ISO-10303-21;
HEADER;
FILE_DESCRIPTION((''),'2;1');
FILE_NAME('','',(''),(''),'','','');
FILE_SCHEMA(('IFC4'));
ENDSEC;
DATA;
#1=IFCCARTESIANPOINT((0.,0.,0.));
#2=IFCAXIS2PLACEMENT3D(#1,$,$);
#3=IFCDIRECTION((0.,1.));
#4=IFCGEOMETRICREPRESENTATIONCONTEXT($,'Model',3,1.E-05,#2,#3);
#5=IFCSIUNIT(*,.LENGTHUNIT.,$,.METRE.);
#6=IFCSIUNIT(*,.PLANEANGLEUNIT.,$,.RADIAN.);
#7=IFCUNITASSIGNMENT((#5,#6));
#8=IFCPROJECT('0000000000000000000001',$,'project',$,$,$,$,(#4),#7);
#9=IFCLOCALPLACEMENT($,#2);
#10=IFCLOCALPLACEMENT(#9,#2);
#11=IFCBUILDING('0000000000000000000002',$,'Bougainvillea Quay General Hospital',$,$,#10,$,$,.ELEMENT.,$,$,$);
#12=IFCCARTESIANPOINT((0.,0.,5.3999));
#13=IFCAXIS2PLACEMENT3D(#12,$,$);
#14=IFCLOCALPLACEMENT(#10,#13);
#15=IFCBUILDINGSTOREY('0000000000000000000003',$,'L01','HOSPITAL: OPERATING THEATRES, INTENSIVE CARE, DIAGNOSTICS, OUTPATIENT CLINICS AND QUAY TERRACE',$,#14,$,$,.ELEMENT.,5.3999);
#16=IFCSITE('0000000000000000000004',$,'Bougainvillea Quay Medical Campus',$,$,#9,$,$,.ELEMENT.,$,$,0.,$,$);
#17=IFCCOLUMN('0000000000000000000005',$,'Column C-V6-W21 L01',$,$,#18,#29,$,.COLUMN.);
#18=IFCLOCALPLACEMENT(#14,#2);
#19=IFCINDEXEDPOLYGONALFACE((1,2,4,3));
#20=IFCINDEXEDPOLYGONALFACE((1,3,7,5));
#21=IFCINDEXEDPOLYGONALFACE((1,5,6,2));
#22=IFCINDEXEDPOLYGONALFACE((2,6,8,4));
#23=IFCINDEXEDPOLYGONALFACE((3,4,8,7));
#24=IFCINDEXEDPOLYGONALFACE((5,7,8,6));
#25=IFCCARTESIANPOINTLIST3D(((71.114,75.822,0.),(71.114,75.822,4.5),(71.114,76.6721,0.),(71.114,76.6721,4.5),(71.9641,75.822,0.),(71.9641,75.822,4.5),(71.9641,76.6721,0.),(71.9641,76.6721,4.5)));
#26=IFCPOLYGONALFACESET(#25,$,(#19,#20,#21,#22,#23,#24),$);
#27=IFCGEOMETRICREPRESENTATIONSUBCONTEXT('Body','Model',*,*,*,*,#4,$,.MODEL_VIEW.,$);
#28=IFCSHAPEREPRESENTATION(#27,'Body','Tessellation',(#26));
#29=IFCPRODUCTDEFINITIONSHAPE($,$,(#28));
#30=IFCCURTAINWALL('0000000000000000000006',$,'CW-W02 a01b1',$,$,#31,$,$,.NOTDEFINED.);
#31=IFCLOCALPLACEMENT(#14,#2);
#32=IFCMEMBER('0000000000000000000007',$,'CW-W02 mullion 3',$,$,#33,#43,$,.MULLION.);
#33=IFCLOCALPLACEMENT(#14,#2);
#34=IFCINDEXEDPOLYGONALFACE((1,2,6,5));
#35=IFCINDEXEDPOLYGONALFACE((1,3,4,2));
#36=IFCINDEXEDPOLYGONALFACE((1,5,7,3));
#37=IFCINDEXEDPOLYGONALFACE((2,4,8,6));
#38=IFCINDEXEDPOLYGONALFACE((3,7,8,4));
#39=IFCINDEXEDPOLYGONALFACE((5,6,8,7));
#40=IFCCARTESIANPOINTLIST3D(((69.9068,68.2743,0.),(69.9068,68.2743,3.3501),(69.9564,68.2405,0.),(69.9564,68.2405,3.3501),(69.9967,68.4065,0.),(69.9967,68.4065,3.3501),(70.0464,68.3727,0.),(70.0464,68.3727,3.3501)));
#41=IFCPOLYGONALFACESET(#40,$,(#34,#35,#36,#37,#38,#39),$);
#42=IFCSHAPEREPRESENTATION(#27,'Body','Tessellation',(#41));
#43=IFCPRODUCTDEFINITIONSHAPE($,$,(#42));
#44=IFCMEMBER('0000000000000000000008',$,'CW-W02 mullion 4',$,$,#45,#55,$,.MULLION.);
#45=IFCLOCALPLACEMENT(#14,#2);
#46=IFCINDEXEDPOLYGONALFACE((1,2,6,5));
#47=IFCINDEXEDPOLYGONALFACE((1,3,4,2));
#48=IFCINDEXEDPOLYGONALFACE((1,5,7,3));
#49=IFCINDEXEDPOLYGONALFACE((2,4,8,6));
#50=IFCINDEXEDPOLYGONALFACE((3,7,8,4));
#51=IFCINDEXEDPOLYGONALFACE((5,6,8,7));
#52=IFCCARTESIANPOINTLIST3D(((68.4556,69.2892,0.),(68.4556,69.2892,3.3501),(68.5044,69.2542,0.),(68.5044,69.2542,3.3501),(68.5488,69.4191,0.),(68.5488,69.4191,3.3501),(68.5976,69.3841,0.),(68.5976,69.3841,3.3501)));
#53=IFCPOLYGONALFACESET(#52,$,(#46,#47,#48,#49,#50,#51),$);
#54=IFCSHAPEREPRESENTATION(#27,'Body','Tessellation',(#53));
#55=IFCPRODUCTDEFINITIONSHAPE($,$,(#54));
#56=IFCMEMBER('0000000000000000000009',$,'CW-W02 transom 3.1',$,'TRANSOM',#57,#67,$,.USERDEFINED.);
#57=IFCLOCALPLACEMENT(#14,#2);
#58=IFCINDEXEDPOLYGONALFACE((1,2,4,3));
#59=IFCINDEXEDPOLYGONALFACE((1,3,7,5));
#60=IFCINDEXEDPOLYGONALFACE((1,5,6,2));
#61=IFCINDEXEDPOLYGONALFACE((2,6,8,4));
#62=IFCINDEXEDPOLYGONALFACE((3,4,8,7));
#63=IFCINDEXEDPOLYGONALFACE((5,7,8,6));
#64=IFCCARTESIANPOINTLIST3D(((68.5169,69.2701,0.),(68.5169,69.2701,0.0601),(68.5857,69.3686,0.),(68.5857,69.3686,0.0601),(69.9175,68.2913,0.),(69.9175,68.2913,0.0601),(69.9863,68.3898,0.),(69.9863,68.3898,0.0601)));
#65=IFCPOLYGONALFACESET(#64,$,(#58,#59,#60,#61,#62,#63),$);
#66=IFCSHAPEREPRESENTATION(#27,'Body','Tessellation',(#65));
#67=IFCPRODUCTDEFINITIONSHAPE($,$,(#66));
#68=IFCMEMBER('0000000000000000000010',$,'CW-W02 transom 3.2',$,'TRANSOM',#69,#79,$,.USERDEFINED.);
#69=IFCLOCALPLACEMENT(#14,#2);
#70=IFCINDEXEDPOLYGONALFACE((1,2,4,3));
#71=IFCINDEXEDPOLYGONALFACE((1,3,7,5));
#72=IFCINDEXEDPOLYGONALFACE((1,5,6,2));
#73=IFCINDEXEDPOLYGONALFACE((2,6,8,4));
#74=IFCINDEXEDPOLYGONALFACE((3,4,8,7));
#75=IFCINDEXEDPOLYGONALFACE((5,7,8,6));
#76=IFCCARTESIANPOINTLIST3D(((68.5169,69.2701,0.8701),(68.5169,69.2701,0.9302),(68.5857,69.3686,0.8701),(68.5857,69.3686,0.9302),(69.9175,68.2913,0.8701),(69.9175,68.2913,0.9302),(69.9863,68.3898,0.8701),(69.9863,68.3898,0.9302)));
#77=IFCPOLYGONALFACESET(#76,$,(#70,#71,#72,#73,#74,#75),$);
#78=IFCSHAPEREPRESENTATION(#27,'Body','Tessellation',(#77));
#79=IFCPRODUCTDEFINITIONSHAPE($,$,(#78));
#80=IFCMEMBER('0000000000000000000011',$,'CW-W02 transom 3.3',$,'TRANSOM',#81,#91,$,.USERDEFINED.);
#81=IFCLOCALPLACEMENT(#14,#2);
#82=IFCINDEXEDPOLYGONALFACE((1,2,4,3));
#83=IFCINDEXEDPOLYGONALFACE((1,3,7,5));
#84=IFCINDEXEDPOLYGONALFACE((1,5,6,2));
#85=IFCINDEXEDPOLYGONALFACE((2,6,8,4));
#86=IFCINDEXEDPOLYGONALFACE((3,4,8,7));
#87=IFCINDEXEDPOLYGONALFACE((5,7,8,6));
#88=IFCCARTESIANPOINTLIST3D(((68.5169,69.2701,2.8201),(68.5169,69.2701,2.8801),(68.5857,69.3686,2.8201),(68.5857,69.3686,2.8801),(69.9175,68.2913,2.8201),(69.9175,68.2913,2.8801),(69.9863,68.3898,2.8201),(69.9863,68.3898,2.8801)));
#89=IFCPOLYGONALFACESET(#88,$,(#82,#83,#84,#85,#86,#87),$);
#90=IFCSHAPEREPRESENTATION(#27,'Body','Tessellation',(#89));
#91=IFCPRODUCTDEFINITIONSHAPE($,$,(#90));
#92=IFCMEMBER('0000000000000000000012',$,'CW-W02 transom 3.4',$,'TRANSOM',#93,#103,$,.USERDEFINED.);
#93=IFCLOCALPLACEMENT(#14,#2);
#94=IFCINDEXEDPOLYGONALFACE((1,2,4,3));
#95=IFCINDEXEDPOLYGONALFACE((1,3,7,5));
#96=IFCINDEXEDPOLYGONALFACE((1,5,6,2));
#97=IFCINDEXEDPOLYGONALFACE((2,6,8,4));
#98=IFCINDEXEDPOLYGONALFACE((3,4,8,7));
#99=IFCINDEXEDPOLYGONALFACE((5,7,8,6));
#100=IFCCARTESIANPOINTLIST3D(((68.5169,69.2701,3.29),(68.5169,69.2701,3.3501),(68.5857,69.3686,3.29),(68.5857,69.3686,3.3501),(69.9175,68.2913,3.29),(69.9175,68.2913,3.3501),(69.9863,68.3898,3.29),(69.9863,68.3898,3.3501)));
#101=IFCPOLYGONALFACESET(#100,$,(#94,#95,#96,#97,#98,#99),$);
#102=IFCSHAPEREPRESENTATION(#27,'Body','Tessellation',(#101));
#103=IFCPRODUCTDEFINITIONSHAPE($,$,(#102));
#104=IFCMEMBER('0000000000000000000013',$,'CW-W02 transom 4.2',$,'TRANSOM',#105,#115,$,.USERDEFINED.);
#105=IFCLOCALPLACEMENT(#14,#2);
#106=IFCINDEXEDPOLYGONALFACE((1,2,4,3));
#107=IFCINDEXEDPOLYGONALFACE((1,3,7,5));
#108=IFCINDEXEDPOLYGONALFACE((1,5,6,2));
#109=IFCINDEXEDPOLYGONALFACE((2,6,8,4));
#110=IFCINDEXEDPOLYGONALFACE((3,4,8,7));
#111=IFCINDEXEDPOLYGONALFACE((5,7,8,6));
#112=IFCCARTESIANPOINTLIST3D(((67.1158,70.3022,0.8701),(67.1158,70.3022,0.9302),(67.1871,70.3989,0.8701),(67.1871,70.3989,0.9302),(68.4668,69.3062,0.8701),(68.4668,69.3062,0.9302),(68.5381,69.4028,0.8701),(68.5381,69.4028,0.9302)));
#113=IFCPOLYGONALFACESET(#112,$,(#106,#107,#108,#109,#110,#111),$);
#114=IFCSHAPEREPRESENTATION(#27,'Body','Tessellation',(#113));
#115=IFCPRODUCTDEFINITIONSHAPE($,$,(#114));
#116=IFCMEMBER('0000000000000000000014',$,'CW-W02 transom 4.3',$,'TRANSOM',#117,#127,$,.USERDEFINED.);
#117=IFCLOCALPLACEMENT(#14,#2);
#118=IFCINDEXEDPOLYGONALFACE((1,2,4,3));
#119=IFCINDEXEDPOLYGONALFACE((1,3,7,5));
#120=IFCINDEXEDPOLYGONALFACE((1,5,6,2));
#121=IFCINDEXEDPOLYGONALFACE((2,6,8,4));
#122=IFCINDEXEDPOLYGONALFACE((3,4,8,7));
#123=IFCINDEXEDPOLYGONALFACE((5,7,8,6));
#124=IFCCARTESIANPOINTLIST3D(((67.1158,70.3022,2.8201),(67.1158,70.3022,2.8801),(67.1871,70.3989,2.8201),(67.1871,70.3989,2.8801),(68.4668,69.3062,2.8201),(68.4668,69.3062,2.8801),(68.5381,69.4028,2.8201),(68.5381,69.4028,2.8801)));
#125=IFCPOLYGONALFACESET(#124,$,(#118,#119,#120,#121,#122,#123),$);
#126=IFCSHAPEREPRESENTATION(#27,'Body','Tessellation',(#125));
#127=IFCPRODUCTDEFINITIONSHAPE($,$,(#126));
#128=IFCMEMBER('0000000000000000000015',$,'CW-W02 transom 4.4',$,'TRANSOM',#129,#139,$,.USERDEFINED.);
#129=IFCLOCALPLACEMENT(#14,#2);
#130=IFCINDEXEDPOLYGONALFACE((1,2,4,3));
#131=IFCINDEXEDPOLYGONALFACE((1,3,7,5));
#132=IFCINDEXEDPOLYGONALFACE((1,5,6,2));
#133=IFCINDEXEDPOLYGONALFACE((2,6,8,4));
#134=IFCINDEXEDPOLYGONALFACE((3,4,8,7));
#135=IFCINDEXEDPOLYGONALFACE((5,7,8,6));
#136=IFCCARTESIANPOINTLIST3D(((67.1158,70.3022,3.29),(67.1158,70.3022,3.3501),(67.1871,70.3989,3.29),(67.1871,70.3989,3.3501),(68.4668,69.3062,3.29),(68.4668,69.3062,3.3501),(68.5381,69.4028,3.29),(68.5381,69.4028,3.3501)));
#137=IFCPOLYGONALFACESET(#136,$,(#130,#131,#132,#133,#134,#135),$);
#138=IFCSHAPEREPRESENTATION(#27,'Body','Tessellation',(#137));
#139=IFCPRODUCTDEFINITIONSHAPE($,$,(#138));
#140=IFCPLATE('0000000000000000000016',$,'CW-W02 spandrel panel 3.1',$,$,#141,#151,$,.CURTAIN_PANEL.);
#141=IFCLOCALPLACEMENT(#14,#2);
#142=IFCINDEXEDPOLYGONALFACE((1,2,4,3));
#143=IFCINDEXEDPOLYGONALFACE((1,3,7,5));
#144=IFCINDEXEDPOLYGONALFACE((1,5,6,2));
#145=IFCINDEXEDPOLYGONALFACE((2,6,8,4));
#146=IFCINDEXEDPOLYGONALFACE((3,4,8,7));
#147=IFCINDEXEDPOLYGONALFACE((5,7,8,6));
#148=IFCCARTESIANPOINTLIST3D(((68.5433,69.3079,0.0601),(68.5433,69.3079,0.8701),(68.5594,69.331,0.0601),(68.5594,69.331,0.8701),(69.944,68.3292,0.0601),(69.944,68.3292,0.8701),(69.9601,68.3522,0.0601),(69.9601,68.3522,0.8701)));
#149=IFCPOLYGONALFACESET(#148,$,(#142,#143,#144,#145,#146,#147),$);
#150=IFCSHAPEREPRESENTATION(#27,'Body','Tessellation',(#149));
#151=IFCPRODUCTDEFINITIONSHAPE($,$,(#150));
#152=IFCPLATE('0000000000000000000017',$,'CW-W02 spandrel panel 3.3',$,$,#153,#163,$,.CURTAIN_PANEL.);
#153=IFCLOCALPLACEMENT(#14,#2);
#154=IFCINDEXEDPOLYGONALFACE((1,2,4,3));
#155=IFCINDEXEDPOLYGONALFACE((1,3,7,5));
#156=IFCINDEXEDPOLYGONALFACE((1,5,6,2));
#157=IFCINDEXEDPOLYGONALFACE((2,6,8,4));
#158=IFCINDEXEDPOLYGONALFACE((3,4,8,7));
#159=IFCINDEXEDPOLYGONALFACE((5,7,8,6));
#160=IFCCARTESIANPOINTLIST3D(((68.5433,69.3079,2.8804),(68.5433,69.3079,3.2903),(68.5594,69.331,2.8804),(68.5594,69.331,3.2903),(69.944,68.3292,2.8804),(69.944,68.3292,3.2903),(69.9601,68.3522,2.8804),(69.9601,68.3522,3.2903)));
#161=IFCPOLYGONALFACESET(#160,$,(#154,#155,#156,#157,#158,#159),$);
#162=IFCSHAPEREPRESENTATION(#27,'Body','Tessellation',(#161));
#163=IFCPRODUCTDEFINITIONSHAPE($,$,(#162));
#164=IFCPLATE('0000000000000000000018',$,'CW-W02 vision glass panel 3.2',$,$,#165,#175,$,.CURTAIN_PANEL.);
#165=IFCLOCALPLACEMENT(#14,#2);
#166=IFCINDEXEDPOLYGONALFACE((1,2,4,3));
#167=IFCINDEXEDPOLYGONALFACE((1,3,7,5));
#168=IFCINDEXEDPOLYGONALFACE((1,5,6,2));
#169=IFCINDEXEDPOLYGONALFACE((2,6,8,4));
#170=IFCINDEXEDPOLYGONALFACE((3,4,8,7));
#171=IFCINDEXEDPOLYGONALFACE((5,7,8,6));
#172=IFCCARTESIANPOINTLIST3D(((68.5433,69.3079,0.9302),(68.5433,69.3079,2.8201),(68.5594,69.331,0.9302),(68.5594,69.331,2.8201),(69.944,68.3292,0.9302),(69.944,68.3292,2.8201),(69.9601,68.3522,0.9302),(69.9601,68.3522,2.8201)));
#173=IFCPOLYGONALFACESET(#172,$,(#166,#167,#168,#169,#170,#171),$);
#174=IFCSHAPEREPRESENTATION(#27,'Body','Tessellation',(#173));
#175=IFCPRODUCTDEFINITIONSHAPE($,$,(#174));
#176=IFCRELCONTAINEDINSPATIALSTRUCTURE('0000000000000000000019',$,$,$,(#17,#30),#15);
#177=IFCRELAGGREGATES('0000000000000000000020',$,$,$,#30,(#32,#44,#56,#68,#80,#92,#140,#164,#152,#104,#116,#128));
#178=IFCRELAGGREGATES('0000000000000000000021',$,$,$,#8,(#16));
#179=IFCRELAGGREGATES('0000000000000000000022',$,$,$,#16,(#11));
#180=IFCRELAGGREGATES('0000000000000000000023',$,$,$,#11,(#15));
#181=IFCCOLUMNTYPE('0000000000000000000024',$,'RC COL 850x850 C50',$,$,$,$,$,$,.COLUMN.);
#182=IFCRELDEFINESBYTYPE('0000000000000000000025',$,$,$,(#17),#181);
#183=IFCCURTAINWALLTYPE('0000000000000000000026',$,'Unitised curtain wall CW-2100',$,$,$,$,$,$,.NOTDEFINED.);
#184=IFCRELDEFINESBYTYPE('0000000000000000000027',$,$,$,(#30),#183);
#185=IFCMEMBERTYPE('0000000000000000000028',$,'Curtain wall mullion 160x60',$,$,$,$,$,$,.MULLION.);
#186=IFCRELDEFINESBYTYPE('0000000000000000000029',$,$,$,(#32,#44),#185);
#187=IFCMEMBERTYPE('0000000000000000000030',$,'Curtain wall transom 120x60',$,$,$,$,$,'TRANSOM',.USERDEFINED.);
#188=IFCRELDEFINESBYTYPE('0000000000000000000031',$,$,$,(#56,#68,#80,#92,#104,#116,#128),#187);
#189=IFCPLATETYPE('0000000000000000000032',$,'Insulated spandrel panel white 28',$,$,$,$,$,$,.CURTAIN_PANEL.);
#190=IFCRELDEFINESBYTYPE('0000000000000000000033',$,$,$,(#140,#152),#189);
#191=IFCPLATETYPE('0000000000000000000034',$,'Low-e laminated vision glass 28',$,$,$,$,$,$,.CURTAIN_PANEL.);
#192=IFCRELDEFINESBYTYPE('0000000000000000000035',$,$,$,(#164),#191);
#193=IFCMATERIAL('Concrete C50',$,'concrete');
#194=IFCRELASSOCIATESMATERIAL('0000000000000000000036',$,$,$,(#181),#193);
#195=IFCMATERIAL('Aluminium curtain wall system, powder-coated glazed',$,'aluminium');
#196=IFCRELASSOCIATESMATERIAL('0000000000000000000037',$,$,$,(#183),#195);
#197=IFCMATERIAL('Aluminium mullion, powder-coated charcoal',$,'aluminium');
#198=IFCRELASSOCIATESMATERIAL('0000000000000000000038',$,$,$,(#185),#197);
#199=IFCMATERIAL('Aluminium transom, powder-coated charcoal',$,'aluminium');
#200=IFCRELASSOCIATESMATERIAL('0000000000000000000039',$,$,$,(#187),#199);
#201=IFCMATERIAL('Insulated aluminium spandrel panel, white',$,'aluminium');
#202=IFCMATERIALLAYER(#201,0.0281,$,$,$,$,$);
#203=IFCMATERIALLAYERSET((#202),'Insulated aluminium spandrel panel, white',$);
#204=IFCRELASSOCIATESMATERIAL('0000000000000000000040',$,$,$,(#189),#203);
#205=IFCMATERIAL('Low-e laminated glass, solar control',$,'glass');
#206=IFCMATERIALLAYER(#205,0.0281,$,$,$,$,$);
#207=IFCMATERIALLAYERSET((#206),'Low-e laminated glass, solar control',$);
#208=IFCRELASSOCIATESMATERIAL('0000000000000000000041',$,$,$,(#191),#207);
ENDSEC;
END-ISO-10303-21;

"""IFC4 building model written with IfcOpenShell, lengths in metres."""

from ifc_helpers import new_model, si_unit, direction, frame, origin, origin_2d, place, context, subcontext, project, spatial, rectangle, extrude, material, layer, layer_set, material_profile, profile_set, type_object, element, aggregate, save


model = new_model("IFC4")

# Units and contexts
model_context = context("Model", 3, precision=1e-05, world=origin(), true_north=direction((0.0, 1.0)))
body_context = subcontext(model_context, "Body", "Model", "MODEL_VIEW")
ifc_project = project(units=[si_unit("LENGTHUNIT", "METRE"), si_unit("PLANEANGLEUNIT", "RADIAN")], contexts=[model_context])

# Site, building, storey
site_placement = place(None, origin())
site = spatial("IfcSite", under=ifc_project, at=site_placement, Name="Bougainvillea Quay Medical Campus", CompositionType="ELEMENT", RefElevation=0.0)
building_placement = place(site_placement, origin())
building = spatial("IfcBuilding", under=site, at=building_placement, Name="Bougainvillea Quay General Hospital", CompositionType="ELEMENT")
storey_placement = place(building_placement, frame((0.0, 0.0, 5.3999)))
storey = spatial("IfcBuildingStorey", under=building, at=storey_placement, Name="L01", Description="HOSPITAL: OPERATING THEATRES, INTENSIVE CARE, DIAGNOSTICS, OUTPATIENT CLINICS AND QUAY TERRACE", CompositionType="ELEMENT", Elevation=5.3999)

# Column
ifc_material_1 = material(Name="Concrete C50", Category="concrete")
ifc_material_profile_1 = material_profile(ifc_material_1, rectangle(XDim=0.8501, YDim=0.8501, at=origin_2d()))
ifc_profile_set_1 = profile_set([ifc_material_profile_1], Name="Concrete C50")
column_type = type_object("IfcColumnType", Name="RC COL 850x850 C50", PredefinedType="COLUMN", material=ifc_profile_set_1)
column_placement = place(storey_placement, frame((71.5391, 76.2471, 0.0), z_axis=(0.0, 0.0, 1.0), x_axis=(1.0, 0.0, 0.0)))
element("IfcColumn", 1, at=column_placement, inside=storey, type_object=column_type, Name="Column C-V6-W21 L01", PredefinedType="COLUMN", context=body_context, shape_type="SweptSolid", body=[
    extrude(rectangle(XDim=0.8501, YDim=0.8501, at=origin_2d()), origin(), (0.0, 0.0, 1.0), 4.5),
])

# Curtain wall, members, plates
ifc_material_2 = material(Name="Aluminium curtain wall system, powder-coated glazed", Category="aluminium")
curtain_wall_type = type_object("IfcCurtainWallType", Name="Unitised curtain wall CW-2100", PredefinedType="NOTDEFINED", material=ifc_material_2)
curtain_wall_placement = place(storey_placement, origin())
curtain_wall = element("IfcCurtainWall", 2, at=curtain_wall_placement, inside=storey, type_object=curtain_wall_type, Name="CW-W02 a01b1", PredefinedType="NOTDEFINED")
ifc_material_3 = material(Name="Aluminium mullion, powder-coated charcoal", Category="aluminium")
ifc_material_profile_2 = material_profile(ifc_material_3, rectangle(XDim=0.1599, YDim=0.0601, at=origin_2d()))
ifc_profile_set_2 = profile_set([ifc_material_profile_2], Name="Aluminium mullion, powder-coated charcoal")
member_type_1 = type_object("IfcMemberType", Name="Curtain wall mullion 160x60", PredefinedType="MULLION", material=ifc_profile_set_2)
member_1_placement = place(storey_placement, frame((69.9766, 68.3235, 0.0), z_axis=(0.0, 0.0, 1.0), x_axis=(-0.562343, -0.826904, 0.0)))
member_1 = element("IfcMember", 3, at=member_1_placement, type_object=member_type_1, Name="CW-W02 mullion 3", PredefinedType="MULLION", context=body_context, shape_type="SweptSolid", body=[
    extrude(rectangle(XDim=0.1599, YDim=0.0601, at=origin_2d()), origin(), (0.0, 0.0, 1.0), 3.3501),
])
member_2_placement = place(storey_placement, frame((68.5266, 69.3367, 0.0), z_axis=(0.0, 0.0, 1.0), x_axis=(-0.58313, -0.812379, 0.0)))
member_2 = element("IfcMember", 4, at=member_2_placement, type_object=member_type_1, Name="CW-W02 mullion 4", PredefinedType="MULLION", context=body_context, shape_type="SweptSolid", body=[
    extrude(rectangle(XDim=0.1599, YDim=0.0601, at=origin_2d()), origin(), (0.0, 0.0, 1.0), 3.3501),
])
ifc_material_4 = material(Name="Aluminium transom, powder-coated charcoal", Category="aluminium")
ifc_material_profile_3 = material_profile(ifc_material_4, rectangle(XDim=0.1201, YDim=0.0601, at=origin_2d()))
ifc_profile_set_3 = profile_set([ifc_material_profile_3], Name="Aluminium transom, powder-coated charcoal")
member_type_2 = type_object("IfcMemberType", Name="Curtain wall transom 120x60", ElementType="TRANSOM", PredefinedType="USERDEFINED", material=ifc_profile_set_3)
member_3_placement = place(storey_placement, frame((69.9519, 68.3406, 0.03), z_axis=(-0.819695, 0.572801, 0.0), x_axis=(-0.572801, -0.819695, 0.0)))
member_3 = element("IfcMember", 5, at=member_3_placement, type_object=member_type_2, Name="CW-W02 transom 3.1", ObjectType="TRANSOM", PredefinedType="USERDEFINED", context=body_context, shape_type="SweptSolid", body=[
    extrude(rectangle(XDim=0.1201, YDim=0.0601, at=origin_2d()), origin(), (0.0, 0.0, 1.0), 1.7087),
])
member_4_placement = place(storey_placement, frame((69.9519, 68.3406, 0.9001), z_axis=(-0.819695, 0.572801, 0.0), x_axis=(-0.572801, -0.819695, 0.0)))
member_4 = element("IfcMember", 6, at=member_4_placement, type_object=member_type_2, Name="CW-W02 transom 3.2", ObjectType="TRANSOM", PredefinedType="USERDEFINED", context=body_context, shape_type="SweptSolid", body=[
    extrude(rectangle(XDim=0.1201, YDim=0.0601, at=origin_2d()), origin(), (0.0, 0.0, 1.0), 1.7087),
])
member_5_placement = place(storey_placement, frame((69.9519, 68.3406, 2.8501), z_axis=(-0.819695, 0.572801, 0.0), x_axis=(-0.572801, -0.819695, 0.0)))
member_5 = element("IfcMember", 7, at=member_5_placement, type_object=member_type_2, Name="CW-W02 transom 3.3", ObjectType="TRANSOM", PredefinedType="USERDEFINED", context=body_context, shape_type="SweptSolid", body=[
    extrude(rectangle(XDim=0.1201, YDim=0.0601, at=origin_2d()), origin(), (0.0, 0.0, 1.0), 1.7087),
])
member_6_placement = place(storey_placement, frame((69.9519, 68.3406, 3.3201), z_axis=(-0.819695, 0.572801, 0.0), x_axis=(-0.572801, -0.819695, 0.0)))
member_6 = element("IfcMember", 8, at=member_6_placement, type_object=member_type_2, Name="CW-W02 transom 3.4", ObjectType="TRANSOM", PredefinedType="USERDEFINED", context=body_context, shape_type="SweptSolid", body=[
    extrude(rectangle(XDim=0.1201, YDim=0.0601, at=origin_2d()), origin(), (0.0, 0.0, 1.0), 1.7087),
])
member_7_placement = place(storey_placement, frame((68.5024, 69.3545, 0.9001), z_axis=(-0.804895, 0.593417, 0.0), x_axis=(-0.593417, -0.804895, 0.0)))
member_7 = element("IfcMember", 9, at=member_7_placement, type_object=member_type_2, Name="CW-W02 transom 4.2", ObjectType="TRANSOM", PredefinedType="USERDEFINED", context=body_context, shape_type="SweptSolid", body=[
    extrude(rectangle(XDim=0.1201, YDim=0.0601, at=origin_2d()), origin(), (0.0, 0.0, 1.0), 1.6785),
])
member_8_placement = place(storey_placement, frame((68.5024, 69.3545, 2.8501), z_axis=(-0.804895, 0.593417, 0.0), x_axis=(-0.593417, -0.804895, 0.0)))
member_8 = element("IfcMember", 10, at=member_8_placement, type_object=member_type_2, Name="CW-W02 transom 4.3", ObjectType="TRANSOM", PredefinedType="USERDEFINED", context=body_context, shape_type="SweptSolid", body=[
    extrude(rectangle(XDim=0.1201, YDim=0.0601, at=origin_2d()), origin(), (0.0, 0.0, 1.0), 1.6785),
])
member_9_placement = place(storey_placement, frame((68.5024, 69.3545, 3.3201), z_axis=(-0.804895, 0.593417, 0.0), x_axis=(-0.593417, -0.804895, 0.0)))
member_9 = element("IfcMember", 11, at=member_9_placement, type_object=member_type_2, Name="CW-W02 transom 4.4", ObjectType="TRANSOM", PredefinedType="USERDEFINED", context=body_context, shape_type="SweptSolid", body=[
    extrude(rectangle(XDim=0.1201, YDim=0.0601, at=origin_2d()), origin(), (0.0, 0.0, 1.0), 1.6785),
])
ifc_material_5 = material(Name="Insulated aluminium spandrel panel, white", Category="aluminium")
ifc_layer_1 = layer(ifc_material_5, 0.0281)
ifc_layer_set_1 = layer_set([ifc_layer_1], Name="Insulated aluminium spandrel panel, white")
plate_type_1 = type_object("IfcPlateType", Name="Insulated spandrel panel white 28", PredefinedType="CURTAIN_PANEL", material=ifc_layer_set_1)
plate_1_placement = place(storey_placement, frame((69.2517, 68.8301, 0.0601), z_axis=(0.0, 0.0, 1.0), x_axis=(-0.819707, 0.572783, 0.0)))
plate_1 = element("IfcPlate", 12, at=plate_1_placement, type_object=plate_type_1, Name="CW-W02 spandrel panel 3.1", PredefinedType="CURTAIN_PANEL", context=body_context, shape_type="SweptSolid", body=[
    extrude(rectangle(XDim=1.7087, YDim=0.0281, at=origin_2d()), origin(), (0.0, 0.0, 1.0), 0.8101),
])
plate_2_placement = place(storey_placement, frame((69.2517, 68.8301, 2.8804), z_axis=(0.0, 0.0, 1.0), x_axis=(-0.819707, 0.572783, 0.0)))
plate_2 = element("IfcPlate", 13, at=plate_2_placement, type_object=plate_type_1, Name="CW-W02 spandrel panel 3.3", PredefinedType="CURTAIN_PANEL", context=body_context, shape_type="SweptSolid", body=[
    extrude(rectangle(XDim=1.7087, YDim=0.0281, at=origin_2d()), origin(), (0.0, 0.0, 1.0), 0.4099),
])
ifc_material_6 = material(Name="Low-e laminated glass, solar control", Category="glass")
ifc_layer_2 = layer(ifc_material_6, 0.0281)
ifc_layer_set_2 = layer_set([ifc_layer_2], Name="Low-e laminated glass, solar control")
plate_type_2 = type_object("IfcPlateType", Name="Low-e laminated vision glass 28", PredefinedType="CURTAIN_PANEL", material=ifc_layer_set_2)
plate_3_placement = place(storey_placement, frame((69.2517, 68.8301, 0.9302), z_axis=(0.0, 0.0, 1.0), x_axis=(-0.819707, 0.572783, 0.0)))
plate_3 = element("IfcPlate", 14, at=plate_3_placement, type_object=plate_type_2, Name="CW-W02 vision glass panel 3.2", PredefinedType="CURTAIN_PANEL", context=body_context, shape_type="SweptSolid", body=[
    extrude(rectangle(XDim=1.7087, YDim=0.0281, at=origin_2d()), origin(), (0.0, 0.0, 1.0), 1.8899),
])
aggregate(curtain_wall, [member_1, member_2, member_3, member_4, member_5, member_6, plate_1, plate_3, plate_2, member_7, member_8, member_9])

save(model, "model.ifc")
